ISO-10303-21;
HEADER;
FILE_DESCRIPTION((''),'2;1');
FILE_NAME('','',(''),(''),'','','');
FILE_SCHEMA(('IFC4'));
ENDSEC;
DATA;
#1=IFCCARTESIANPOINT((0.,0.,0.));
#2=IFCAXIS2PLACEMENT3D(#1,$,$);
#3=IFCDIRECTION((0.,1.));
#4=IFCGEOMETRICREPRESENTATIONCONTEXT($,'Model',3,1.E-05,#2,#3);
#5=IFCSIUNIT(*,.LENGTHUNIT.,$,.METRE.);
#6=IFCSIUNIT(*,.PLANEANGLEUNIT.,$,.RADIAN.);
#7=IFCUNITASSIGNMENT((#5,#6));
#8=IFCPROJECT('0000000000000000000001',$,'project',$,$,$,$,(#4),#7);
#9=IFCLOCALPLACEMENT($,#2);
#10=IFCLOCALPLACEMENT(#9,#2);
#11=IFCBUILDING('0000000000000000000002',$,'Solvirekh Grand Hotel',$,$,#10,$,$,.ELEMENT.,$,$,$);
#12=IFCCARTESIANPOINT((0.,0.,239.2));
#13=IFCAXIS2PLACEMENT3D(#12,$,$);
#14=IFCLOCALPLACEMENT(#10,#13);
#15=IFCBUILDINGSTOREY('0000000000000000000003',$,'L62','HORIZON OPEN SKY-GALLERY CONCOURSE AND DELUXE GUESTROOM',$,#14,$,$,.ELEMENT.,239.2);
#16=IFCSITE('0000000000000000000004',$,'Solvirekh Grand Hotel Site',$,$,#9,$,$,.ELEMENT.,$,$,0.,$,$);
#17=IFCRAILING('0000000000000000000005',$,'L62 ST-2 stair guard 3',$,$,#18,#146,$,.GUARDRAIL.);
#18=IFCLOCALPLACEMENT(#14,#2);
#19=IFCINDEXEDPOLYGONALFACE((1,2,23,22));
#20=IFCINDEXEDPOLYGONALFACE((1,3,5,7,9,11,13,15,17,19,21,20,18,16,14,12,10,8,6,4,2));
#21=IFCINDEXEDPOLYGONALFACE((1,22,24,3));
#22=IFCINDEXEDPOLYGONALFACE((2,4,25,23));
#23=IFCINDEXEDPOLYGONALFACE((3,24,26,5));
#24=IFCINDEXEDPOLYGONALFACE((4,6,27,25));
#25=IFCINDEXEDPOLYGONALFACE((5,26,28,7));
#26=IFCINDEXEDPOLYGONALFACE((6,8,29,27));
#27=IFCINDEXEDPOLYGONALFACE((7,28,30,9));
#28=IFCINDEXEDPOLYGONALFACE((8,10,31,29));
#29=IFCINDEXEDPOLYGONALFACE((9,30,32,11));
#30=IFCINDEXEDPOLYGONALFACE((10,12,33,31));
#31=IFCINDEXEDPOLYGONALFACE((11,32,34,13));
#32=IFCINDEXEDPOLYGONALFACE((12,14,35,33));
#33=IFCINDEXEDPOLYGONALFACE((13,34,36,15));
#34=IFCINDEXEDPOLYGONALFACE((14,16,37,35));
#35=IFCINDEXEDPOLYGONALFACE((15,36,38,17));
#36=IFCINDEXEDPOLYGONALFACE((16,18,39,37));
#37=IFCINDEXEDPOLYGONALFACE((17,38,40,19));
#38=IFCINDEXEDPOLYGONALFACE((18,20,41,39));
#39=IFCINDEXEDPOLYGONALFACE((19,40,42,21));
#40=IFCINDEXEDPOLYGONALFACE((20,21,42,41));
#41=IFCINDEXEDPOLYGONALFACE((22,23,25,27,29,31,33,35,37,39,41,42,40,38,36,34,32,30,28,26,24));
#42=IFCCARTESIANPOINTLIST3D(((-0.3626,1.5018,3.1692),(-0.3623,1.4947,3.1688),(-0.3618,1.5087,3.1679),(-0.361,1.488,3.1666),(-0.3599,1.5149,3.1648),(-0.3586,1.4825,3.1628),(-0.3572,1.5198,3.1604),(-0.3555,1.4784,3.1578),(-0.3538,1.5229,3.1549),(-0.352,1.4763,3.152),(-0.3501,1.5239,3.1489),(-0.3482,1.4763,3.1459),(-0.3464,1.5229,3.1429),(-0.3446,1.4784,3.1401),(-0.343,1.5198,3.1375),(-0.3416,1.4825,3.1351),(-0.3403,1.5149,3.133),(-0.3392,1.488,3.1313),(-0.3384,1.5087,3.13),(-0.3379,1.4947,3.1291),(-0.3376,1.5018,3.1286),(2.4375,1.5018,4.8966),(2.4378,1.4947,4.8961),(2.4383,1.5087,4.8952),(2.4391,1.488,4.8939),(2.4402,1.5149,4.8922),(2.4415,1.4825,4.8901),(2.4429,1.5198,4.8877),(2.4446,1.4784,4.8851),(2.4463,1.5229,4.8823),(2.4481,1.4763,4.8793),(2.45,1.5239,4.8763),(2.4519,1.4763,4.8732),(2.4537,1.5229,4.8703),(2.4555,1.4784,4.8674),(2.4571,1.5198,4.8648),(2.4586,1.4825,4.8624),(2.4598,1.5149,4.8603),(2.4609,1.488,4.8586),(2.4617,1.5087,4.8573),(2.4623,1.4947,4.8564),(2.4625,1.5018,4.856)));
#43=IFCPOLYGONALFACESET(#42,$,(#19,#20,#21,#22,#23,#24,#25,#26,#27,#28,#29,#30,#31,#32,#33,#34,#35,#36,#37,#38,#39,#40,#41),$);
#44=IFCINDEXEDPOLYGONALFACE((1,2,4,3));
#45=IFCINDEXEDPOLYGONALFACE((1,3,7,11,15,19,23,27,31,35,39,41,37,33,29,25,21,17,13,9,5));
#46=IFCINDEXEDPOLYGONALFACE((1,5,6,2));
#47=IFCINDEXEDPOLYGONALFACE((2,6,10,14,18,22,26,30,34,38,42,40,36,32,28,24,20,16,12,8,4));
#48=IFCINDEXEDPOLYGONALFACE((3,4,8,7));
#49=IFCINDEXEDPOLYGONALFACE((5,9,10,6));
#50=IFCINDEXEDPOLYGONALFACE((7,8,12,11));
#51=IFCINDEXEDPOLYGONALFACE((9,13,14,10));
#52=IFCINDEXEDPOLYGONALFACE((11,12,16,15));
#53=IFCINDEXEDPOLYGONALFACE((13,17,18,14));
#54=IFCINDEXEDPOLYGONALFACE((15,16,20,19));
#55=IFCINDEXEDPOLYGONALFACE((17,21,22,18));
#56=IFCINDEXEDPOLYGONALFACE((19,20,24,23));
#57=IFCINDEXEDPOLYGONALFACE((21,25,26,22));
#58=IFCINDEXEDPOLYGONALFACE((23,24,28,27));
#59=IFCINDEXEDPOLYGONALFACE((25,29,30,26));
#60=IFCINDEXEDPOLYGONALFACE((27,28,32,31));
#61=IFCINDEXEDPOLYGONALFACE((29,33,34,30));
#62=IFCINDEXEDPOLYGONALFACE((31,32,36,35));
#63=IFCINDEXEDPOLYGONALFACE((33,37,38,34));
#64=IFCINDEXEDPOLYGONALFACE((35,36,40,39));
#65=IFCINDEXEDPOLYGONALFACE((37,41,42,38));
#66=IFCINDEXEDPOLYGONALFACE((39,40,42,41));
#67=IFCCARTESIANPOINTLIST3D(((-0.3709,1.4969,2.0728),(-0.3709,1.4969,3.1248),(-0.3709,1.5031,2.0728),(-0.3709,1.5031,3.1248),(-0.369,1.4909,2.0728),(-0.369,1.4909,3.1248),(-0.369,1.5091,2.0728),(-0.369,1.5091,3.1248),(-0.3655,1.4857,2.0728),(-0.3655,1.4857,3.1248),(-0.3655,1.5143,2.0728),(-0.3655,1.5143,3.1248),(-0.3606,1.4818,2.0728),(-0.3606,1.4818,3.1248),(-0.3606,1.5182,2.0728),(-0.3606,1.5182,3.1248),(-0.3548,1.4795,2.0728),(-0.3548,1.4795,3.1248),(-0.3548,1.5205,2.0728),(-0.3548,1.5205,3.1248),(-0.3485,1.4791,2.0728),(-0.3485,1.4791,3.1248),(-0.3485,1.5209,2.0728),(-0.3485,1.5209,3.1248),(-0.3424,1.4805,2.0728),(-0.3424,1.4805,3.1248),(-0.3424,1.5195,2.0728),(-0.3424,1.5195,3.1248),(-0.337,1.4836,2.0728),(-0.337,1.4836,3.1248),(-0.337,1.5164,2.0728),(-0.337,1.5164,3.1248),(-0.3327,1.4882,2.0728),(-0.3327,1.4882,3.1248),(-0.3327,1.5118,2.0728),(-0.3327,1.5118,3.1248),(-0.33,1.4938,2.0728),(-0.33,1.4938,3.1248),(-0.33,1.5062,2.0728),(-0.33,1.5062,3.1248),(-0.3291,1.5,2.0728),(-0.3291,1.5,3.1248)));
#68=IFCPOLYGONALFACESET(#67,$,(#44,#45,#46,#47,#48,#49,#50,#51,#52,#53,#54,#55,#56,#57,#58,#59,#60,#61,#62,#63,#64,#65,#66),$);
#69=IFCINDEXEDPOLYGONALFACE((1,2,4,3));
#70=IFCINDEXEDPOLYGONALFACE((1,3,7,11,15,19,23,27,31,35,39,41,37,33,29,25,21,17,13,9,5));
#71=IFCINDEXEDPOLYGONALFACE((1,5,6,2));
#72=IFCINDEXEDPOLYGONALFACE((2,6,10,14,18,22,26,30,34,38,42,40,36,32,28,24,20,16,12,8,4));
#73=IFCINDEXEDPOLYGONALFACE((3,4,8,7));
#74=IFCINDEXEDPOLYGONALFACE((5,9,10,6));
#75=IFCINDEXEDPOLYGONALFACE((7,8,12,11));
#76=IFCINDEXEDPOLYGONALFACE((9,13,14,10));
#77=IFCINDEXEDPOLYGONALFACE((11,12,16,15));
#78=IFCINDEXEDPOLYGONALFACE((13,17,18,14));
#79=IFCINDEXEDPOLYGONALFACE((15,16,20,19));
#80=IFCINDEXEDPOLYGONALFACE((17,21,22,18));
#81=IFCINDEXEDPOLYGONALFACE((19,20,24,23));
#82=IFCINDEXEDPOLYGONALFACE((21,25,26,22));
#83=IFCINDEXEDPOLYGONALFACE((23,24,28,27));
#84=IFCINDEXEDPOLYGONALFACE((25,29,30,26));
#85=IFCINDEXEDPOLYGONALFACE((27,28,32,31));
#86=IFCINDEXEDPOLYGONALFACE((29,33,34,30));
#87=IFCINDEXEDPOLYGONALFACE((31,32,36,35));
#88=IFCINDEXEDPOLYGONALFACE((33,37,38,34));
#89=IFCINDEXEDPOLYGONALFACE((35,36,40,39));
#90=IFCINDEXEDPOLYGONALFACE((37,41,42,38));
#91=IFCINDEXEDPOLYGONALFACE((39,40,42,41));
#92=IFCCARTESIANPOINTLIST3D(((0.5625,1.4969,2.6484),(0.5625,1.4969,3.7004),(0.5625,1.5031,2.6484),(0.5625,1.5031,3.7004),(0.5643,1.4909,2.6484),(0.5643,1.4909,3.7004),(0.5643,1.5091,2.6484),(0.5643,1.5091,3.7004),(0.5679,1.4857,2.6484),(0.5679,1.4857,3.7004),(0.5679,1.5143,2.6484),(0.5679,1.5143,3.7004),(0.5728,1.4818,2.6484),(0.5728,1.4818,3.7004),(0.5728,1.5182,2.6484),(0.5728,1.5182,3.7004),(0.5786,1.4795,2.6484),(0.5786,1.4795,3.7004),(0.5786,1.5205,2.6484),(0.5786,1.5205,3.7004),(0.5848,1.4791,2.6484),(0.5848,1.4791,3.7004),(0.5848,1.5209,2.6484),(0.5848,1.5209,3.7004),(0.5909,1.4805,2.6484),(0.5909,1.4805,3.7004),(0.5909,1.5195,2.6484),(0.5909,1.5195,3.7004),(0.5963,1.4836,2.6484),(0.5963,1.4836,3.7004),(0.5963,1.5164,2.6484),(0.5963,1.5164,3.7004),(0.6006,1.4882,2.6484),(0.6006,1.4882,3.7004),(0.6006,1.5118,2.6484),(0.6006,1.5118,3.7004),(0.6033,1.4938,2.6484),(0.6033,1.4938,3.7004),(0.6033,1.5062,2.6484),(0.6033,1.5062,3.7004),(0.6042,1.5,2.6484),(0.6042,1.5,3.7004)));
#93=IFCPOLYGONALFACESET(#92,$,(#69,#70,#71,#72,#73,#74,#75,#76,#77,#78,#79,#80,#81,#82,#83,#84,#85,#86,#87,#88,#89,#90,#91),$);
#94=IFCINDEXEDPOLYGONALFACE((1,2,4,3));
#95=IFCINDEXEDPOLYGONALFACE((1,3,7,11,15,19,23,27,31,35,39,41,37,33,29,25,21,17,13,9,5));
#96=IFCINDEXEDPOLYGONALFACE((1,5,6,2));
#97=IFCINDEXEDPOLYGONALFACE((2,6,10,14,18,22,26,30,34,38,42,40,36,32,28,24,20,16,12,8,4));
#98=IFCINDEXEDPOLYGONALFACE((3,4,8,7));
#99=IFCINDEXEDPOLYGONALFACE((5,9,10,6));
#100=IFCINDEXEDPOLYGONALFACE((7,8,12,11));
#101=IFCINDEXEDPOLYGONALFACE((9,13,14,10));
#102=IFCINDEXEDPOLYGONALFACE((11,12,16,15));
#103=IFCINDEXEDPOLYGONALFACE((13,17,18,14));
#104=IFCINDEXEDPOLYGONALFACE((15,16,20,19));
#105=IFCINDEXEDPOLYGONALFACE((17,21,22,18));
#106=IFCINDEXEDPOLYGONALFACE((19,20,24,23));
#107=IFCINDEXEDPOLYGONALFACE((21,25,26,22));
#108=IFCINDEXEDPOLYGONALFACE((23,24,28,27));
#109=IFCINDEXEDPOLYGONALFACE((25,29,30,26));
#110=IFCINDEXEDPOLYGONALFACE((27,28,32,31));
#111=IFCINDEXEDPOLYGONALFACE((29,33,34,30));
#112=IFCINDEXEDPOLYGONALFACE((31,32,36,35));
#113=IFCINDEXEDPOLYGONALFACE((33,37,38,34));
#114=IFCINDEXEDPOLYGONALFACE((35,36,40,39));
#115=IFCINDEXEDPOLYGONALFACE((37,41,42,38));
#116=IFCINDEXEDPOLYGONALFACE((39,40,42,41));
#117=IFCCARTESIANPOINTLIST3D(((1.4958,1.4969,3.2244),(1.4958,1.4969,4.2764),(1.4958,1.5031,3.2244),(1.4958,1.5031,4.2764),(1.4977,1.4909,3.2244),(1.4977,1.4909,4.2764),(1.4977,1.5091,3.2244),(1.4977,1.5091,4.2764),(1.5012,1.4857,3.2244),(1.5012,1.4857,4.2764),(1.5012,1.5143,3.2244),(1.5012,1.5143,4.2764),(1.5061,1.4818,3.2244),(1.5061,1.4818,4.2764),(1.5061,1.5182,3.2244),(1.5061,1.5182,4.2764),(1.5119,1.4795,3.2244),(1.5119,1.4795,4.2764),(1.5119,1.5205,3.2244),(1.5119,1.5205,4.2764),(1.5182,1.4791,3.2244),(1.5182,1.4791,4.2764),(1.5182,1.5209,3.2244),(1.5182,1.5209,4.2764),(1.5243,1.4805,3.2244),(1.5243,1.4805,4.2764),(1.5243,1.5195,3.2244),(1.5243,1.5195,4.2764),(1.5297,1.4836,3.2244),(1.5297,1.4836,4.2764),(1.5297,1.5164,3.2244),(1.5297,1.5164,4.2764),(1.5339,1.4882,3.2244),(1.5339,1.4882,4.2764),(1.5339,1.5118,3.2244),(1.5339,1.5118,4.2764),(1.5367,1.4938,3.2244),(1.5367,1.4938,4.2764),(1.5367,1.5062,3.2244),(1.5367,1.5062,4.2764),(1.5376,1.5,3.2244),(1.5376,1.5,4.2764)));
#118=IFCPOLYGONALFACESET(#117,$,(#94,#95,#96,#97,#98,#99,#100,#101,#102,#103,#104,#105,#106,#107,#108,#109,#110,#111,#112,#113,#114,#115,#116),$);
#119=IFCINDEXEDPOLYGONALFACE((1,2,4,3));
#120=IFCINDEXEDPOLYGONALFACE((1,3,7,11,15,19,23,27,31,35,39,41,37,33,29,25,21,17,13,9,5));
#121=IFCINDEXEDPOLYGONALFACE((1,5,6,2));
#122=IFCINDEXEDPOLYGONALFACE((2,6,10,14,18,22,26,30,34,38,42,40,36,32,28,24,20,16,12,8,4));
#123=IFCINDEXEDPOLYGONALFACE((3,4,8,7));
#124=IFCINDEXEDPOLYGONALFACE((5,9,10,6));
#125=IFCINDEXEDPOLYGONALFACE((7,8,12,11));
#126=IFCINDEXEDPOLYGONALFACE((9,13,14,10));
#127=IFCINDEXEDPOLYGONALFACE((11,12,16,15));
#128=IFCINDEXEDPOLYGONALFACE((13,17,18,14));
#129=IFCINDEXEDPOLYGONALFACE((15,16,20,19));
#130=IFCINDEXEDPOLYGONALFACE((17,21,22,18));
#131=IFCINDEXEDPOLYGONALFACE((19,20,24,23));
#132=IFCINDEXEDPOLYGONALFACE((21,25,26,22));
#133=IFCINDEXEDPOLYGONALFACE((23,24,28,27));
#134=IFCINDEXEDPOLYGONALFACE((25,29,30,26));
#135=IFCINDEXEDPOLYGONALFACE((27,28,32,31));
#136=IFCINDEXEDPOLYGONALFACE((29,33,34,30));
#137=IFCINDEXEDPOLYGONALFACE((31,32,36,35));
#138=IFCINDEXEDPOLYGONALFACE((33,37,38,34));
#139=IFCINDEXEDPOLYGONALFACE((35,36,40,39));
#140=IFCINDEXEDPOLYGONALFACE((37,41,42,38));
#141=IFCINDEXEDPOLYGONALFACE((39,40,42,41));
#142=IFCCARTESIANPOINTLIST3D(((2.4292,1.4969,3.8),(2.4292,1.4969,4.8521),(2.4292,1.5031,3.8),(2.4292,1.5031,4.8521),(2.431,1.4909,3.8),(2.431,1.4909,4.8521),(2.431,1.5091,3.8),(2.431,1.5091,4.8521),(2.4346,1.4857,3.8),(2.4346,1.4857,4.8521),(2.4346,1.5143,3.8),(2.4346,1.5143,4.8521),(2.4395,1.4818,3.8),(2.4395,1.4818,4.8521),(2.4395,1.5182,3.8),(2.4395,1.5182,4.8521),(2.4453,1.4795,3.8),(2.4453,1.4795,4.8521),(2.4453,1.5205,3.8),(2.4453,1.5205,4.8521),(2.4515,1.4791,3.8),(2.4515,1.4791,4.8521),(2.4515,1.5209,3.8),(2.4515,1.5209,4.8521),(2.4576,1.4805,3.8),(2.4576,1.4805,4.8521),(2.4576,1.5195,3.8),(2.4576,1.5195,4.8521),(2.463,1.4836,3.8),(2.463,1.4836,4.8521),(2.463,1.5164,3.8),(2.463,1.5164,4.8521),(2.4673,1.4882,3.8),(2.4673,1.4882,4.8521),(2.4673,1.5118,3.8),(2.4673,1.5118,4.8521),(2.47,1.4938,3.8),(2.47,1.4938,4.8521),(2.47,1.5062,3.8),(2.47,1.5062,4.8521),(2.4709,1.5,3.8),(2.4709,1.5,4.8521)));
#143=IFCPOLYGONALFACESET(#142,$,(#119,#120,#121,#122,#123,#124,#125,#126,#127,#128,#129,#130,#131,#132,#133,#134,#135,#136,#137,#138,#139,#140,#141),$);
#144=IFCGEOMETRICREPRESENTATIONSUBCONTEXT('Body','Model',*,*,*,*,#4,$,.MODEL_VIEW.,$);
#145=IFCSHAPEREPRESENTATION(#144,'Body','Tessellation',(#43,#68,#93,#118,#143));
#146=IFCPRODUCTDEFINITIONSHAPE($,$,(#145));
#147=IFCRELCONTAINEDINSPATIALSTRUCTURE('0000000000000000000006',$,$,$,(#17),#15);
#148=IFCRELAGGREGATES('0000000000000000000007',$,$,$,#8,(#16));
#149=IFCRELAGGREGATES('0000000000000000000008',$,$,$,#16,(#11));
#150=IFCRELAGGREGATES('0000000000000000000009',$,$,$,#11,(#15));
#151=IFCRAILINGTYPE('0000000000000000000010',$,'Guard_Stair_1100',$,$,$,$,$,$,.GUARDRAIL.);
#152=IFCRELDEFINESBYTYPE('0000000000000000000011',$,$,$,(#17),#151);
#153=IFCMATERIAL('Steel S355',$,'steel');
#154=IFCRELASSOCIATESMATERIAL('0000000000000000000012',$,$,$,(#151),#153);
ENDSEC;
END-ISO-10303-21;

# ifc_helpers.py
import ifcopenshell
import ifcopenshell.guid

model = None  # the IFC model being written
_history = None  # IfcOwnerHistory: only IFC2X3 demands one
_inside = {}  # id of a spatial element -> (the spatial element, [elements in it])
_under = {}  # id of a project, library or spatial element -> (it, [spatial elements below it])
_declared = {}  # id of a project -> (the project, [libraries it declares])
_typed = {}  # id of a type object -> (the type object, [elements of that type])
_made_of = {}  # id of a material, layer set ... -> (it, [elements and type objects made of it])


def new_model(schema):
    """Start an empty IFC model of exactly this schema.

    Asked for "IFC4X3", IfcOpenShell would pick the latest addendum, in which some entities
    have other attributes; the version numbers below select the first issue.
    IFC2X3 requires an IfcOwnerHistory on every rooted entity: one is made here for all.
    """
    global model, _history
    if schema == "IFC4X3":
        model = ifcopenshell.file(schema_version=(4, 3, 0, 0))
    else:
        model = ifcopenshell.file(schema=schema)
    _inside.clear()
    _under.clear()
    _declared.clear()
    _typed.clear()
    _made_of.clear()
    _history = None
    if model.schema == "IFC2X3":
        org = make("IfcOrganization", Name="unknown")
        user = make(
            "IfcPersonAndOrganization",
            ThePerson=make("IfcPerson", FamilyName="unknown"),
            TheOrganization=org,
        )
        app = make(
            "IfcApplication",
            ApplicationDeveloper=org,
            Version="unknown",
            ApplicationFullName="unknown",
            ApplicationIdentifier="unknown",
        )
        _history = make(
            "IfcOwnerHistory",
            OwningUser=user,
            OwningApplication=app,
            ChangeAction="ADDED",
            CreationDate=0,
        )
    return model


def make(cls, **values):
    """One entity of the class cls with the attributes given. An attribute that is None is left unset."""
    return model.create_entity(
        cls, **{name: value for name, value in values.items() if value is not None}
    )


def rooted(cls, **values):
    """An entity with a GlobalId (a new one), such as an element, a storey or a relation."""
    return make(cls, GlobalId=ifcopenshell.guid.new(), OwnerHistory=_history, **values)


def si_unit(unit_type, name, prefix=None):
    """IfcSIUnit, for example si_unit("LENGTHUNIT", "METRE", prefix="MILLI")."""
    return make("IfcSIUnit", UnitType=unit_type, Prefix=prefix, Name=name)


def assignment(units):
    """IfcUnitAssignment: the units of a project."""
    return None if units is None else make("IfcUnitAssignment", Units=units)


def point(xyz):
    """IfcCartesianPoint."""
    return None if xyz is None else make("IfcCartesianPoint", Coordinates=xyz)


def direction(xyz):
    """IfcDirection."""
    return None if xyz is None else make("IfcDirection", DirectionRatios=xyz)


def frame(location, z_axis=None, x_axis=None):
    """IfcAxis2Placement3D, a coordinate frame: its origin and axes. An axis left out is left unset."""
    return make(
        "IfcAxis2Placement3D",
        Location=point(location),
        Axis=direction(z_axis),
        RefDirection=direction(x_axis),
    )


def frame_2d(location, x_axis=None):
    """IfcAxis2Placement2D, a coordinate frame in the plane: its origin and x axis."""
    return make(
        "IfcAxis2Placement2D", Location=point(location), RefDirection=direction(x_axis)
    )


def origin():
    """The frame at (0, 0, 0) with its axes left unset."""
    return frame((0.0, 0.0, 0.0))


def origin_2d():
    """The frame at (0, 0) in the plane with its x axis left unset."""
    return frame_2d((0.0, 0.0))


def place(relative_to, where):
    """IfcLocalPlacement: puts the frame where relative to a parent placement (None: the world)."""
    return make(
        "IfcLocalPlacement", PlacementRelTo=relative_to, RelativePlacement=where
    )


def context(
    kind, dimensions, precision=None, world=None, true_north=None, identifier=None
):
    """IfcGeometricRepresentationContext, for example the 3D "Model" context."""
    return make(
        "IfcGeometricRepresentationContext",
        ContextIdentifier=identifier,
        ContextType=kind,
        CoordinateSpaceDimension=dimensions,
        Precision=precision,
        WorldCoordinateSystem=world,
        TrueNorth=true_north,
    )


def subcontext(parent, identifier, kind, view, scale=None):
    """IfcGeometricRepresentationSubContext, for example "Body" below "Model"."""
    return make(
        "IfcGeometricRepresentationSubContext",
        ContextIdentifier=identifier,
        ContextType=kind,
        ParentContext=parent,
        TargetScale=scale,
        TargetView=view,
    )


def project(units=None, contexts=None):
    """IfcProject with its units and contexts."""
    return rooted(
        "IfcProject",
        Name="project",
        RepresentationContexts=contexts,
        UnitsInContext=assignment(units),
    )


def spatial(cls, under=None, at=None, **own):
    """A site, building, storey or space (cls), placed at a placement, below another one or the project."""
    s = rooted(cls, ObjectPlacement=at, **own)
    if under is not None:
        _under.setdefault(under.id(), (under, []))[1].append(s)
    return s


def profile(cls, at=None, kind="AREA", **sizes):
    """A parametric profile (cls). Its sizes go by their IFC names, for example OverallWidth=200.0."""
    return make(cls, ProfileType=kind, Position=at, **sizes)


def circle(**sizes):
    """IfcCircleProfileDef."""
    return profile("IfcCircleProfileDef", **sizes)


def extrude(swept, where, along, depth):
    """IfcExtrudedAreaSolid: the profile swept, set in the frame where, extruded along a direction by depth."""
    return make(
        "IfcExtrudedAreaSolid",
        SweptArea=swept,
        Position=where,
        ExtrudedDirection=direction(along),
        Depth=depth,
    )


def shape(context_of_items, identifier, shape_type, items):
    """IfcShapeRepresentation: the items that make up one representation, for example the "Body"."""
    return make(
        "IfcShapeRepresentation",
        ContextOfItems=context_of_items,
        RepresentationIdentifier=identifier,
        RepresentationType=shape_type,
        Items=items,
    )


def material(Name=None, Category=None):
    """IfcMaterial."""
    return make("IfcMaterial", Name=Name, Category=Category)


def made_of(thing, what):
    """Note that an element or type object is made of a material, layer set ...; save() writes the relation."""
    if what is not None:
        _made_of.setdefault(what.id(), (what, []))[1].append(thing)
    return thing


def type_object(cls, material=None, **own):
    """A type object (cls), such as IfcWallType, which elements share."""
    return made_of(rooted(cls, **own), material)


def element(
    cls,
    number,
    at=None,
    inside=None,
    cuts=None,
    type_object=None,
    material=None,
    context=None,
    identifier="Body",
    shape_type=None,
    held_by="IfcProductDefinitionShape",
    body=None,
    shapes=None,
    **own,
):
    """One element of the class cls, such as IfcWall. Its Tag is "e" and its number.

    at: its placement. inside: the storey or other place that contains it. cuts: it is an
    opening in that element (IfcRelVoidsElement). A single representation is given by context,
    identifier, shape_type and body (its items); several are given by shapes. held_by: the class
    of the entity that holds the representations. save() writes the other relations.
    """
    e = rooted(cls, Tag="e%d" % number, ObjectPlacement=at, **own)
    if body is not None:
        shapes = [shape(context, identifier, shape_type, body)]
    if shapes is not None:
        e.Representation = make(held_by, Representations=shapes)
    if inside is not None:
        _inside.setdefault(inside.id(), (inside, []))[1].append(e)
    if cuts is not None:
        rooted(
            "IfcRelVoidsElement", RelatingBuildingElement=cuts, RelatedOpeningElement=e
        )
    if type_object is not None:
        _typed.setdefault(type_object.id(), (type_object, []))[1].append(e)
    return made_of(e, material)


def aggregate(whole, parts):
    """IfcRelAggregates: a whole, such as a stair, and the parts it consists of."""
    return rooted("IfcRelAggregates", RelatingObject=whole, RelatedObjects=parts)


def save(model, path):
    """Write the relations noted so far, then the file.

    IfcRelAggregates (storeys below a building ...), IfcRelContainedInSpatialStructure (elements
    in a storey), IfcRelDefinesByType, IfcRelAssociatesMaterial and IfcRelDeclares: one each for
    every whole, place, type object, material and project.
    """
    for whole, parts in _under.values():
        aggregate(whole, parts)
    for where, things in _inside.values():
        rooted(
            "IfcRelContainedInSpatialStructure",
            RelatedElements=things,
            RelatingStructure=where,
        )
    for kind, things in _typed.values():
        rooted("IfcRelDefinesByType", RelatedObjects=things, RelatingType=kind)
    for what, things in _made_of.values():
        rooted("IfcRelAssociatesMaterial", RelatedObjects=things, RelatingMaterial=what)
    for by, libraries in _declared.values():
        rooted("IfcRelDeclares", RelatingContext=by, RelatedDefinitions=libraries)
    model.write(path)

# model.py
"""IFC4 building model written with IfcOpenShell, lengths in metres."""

from ifc_helpers import new_model, si_unit, direction, frame, origin, origin_2d, place, context, subcontext, project, spatial, circle, extrude, material, type_object, element, save


model = new_model("IFC4")

# Units and contexts
model_context = context("Model", 3, precision=1e-05, world=origin(), true_north=direction((0.0, 1.0)))
body_context = subcontext(model_context, "Body", "Model", "MODEL_VIEW")
ifc_project = project(units=[si_unit("LENGTHUNIT", "METRE"), si_unit("PLANEANGLEUNIT", "RADIAN")], contexts=[model_context])

# Site, building, storey
site_placement = place(None, origin())
site = spatial("IfcSite", under=ifc_project, at=site_placement, Name="Solvirekh Grand Hotel Site", CompositionType="ELEMENT", RefElevation=0.0)
building_placement = place(site_placement, origin())
building = spatial("IfcBuilding", under=site, at=building_placement, Name="Solvirekh Grand Hotel", CompositionType="ELEMENT")
storey_placement = place(building_placement, frame((0.0, 0.0, 239.2)))
storey = spatial("IfcBuildingStorey", under=building, at=storey_placement, Name="L62", Description="HORIZON OPEN SKY-GALLERY CONCOURSE AND DELUXE GUESTROOM", CompositionType="ELEMENT", Elevation=239.2)

# Shared definitions
ifc_material_1 = material(Name="Steel S355", Category="steel")

# Railing
railing_type_1 = type_object("IfcRailingType", Name="Guard_Stair_1100", PredefinedType="GUARDRAIL", material=ifc_material_1)
railing_1_placement = place(storey_placement, frame((-0.3501, 1.5, 2.0728)))
element("IfcRailing", 1, at=railing_1_placement, inside=storey, type_object=railing_type_1, Name="L62 ST-2 stair guard 3", PredefinedType="GUARDRAIL", context=body_context, shape_type="SweptSolid", body=[
    extrude(circle(Radius=0.0239, at=origin_2d()), frame((0.0, 0.0, 1.0762), z_axis=(0.85109, 0.0, 0.52502), x_axis=(0.0, 1.0, 0.0)), (0.0, 0.0, 1.0), 3.29),
    extrude(circle(Radius=0.021, at=origin_2d()), origin(), (0.0, 0.0, 1.0), 1.052),
    extrude(circle(Radius=0.021, at=origin_2d()), frame((0.9333, 0.0, 0.5757)), (0.0, 0.0, 1.0), 1.052),
    extrude(circle(Radius=0.021, at=origin_2d()), frame((1.8667, 0.0, 1.1516)), (0.0, 0.0, 1.0), 1.052),
    extrude(circle(Radius=0.021, at=origin_2d()), frame((2.8, 0.0, 1.7273)), (0.0, 0.0, 1.0), 1.052),
])

save(model, "model.ifc")
